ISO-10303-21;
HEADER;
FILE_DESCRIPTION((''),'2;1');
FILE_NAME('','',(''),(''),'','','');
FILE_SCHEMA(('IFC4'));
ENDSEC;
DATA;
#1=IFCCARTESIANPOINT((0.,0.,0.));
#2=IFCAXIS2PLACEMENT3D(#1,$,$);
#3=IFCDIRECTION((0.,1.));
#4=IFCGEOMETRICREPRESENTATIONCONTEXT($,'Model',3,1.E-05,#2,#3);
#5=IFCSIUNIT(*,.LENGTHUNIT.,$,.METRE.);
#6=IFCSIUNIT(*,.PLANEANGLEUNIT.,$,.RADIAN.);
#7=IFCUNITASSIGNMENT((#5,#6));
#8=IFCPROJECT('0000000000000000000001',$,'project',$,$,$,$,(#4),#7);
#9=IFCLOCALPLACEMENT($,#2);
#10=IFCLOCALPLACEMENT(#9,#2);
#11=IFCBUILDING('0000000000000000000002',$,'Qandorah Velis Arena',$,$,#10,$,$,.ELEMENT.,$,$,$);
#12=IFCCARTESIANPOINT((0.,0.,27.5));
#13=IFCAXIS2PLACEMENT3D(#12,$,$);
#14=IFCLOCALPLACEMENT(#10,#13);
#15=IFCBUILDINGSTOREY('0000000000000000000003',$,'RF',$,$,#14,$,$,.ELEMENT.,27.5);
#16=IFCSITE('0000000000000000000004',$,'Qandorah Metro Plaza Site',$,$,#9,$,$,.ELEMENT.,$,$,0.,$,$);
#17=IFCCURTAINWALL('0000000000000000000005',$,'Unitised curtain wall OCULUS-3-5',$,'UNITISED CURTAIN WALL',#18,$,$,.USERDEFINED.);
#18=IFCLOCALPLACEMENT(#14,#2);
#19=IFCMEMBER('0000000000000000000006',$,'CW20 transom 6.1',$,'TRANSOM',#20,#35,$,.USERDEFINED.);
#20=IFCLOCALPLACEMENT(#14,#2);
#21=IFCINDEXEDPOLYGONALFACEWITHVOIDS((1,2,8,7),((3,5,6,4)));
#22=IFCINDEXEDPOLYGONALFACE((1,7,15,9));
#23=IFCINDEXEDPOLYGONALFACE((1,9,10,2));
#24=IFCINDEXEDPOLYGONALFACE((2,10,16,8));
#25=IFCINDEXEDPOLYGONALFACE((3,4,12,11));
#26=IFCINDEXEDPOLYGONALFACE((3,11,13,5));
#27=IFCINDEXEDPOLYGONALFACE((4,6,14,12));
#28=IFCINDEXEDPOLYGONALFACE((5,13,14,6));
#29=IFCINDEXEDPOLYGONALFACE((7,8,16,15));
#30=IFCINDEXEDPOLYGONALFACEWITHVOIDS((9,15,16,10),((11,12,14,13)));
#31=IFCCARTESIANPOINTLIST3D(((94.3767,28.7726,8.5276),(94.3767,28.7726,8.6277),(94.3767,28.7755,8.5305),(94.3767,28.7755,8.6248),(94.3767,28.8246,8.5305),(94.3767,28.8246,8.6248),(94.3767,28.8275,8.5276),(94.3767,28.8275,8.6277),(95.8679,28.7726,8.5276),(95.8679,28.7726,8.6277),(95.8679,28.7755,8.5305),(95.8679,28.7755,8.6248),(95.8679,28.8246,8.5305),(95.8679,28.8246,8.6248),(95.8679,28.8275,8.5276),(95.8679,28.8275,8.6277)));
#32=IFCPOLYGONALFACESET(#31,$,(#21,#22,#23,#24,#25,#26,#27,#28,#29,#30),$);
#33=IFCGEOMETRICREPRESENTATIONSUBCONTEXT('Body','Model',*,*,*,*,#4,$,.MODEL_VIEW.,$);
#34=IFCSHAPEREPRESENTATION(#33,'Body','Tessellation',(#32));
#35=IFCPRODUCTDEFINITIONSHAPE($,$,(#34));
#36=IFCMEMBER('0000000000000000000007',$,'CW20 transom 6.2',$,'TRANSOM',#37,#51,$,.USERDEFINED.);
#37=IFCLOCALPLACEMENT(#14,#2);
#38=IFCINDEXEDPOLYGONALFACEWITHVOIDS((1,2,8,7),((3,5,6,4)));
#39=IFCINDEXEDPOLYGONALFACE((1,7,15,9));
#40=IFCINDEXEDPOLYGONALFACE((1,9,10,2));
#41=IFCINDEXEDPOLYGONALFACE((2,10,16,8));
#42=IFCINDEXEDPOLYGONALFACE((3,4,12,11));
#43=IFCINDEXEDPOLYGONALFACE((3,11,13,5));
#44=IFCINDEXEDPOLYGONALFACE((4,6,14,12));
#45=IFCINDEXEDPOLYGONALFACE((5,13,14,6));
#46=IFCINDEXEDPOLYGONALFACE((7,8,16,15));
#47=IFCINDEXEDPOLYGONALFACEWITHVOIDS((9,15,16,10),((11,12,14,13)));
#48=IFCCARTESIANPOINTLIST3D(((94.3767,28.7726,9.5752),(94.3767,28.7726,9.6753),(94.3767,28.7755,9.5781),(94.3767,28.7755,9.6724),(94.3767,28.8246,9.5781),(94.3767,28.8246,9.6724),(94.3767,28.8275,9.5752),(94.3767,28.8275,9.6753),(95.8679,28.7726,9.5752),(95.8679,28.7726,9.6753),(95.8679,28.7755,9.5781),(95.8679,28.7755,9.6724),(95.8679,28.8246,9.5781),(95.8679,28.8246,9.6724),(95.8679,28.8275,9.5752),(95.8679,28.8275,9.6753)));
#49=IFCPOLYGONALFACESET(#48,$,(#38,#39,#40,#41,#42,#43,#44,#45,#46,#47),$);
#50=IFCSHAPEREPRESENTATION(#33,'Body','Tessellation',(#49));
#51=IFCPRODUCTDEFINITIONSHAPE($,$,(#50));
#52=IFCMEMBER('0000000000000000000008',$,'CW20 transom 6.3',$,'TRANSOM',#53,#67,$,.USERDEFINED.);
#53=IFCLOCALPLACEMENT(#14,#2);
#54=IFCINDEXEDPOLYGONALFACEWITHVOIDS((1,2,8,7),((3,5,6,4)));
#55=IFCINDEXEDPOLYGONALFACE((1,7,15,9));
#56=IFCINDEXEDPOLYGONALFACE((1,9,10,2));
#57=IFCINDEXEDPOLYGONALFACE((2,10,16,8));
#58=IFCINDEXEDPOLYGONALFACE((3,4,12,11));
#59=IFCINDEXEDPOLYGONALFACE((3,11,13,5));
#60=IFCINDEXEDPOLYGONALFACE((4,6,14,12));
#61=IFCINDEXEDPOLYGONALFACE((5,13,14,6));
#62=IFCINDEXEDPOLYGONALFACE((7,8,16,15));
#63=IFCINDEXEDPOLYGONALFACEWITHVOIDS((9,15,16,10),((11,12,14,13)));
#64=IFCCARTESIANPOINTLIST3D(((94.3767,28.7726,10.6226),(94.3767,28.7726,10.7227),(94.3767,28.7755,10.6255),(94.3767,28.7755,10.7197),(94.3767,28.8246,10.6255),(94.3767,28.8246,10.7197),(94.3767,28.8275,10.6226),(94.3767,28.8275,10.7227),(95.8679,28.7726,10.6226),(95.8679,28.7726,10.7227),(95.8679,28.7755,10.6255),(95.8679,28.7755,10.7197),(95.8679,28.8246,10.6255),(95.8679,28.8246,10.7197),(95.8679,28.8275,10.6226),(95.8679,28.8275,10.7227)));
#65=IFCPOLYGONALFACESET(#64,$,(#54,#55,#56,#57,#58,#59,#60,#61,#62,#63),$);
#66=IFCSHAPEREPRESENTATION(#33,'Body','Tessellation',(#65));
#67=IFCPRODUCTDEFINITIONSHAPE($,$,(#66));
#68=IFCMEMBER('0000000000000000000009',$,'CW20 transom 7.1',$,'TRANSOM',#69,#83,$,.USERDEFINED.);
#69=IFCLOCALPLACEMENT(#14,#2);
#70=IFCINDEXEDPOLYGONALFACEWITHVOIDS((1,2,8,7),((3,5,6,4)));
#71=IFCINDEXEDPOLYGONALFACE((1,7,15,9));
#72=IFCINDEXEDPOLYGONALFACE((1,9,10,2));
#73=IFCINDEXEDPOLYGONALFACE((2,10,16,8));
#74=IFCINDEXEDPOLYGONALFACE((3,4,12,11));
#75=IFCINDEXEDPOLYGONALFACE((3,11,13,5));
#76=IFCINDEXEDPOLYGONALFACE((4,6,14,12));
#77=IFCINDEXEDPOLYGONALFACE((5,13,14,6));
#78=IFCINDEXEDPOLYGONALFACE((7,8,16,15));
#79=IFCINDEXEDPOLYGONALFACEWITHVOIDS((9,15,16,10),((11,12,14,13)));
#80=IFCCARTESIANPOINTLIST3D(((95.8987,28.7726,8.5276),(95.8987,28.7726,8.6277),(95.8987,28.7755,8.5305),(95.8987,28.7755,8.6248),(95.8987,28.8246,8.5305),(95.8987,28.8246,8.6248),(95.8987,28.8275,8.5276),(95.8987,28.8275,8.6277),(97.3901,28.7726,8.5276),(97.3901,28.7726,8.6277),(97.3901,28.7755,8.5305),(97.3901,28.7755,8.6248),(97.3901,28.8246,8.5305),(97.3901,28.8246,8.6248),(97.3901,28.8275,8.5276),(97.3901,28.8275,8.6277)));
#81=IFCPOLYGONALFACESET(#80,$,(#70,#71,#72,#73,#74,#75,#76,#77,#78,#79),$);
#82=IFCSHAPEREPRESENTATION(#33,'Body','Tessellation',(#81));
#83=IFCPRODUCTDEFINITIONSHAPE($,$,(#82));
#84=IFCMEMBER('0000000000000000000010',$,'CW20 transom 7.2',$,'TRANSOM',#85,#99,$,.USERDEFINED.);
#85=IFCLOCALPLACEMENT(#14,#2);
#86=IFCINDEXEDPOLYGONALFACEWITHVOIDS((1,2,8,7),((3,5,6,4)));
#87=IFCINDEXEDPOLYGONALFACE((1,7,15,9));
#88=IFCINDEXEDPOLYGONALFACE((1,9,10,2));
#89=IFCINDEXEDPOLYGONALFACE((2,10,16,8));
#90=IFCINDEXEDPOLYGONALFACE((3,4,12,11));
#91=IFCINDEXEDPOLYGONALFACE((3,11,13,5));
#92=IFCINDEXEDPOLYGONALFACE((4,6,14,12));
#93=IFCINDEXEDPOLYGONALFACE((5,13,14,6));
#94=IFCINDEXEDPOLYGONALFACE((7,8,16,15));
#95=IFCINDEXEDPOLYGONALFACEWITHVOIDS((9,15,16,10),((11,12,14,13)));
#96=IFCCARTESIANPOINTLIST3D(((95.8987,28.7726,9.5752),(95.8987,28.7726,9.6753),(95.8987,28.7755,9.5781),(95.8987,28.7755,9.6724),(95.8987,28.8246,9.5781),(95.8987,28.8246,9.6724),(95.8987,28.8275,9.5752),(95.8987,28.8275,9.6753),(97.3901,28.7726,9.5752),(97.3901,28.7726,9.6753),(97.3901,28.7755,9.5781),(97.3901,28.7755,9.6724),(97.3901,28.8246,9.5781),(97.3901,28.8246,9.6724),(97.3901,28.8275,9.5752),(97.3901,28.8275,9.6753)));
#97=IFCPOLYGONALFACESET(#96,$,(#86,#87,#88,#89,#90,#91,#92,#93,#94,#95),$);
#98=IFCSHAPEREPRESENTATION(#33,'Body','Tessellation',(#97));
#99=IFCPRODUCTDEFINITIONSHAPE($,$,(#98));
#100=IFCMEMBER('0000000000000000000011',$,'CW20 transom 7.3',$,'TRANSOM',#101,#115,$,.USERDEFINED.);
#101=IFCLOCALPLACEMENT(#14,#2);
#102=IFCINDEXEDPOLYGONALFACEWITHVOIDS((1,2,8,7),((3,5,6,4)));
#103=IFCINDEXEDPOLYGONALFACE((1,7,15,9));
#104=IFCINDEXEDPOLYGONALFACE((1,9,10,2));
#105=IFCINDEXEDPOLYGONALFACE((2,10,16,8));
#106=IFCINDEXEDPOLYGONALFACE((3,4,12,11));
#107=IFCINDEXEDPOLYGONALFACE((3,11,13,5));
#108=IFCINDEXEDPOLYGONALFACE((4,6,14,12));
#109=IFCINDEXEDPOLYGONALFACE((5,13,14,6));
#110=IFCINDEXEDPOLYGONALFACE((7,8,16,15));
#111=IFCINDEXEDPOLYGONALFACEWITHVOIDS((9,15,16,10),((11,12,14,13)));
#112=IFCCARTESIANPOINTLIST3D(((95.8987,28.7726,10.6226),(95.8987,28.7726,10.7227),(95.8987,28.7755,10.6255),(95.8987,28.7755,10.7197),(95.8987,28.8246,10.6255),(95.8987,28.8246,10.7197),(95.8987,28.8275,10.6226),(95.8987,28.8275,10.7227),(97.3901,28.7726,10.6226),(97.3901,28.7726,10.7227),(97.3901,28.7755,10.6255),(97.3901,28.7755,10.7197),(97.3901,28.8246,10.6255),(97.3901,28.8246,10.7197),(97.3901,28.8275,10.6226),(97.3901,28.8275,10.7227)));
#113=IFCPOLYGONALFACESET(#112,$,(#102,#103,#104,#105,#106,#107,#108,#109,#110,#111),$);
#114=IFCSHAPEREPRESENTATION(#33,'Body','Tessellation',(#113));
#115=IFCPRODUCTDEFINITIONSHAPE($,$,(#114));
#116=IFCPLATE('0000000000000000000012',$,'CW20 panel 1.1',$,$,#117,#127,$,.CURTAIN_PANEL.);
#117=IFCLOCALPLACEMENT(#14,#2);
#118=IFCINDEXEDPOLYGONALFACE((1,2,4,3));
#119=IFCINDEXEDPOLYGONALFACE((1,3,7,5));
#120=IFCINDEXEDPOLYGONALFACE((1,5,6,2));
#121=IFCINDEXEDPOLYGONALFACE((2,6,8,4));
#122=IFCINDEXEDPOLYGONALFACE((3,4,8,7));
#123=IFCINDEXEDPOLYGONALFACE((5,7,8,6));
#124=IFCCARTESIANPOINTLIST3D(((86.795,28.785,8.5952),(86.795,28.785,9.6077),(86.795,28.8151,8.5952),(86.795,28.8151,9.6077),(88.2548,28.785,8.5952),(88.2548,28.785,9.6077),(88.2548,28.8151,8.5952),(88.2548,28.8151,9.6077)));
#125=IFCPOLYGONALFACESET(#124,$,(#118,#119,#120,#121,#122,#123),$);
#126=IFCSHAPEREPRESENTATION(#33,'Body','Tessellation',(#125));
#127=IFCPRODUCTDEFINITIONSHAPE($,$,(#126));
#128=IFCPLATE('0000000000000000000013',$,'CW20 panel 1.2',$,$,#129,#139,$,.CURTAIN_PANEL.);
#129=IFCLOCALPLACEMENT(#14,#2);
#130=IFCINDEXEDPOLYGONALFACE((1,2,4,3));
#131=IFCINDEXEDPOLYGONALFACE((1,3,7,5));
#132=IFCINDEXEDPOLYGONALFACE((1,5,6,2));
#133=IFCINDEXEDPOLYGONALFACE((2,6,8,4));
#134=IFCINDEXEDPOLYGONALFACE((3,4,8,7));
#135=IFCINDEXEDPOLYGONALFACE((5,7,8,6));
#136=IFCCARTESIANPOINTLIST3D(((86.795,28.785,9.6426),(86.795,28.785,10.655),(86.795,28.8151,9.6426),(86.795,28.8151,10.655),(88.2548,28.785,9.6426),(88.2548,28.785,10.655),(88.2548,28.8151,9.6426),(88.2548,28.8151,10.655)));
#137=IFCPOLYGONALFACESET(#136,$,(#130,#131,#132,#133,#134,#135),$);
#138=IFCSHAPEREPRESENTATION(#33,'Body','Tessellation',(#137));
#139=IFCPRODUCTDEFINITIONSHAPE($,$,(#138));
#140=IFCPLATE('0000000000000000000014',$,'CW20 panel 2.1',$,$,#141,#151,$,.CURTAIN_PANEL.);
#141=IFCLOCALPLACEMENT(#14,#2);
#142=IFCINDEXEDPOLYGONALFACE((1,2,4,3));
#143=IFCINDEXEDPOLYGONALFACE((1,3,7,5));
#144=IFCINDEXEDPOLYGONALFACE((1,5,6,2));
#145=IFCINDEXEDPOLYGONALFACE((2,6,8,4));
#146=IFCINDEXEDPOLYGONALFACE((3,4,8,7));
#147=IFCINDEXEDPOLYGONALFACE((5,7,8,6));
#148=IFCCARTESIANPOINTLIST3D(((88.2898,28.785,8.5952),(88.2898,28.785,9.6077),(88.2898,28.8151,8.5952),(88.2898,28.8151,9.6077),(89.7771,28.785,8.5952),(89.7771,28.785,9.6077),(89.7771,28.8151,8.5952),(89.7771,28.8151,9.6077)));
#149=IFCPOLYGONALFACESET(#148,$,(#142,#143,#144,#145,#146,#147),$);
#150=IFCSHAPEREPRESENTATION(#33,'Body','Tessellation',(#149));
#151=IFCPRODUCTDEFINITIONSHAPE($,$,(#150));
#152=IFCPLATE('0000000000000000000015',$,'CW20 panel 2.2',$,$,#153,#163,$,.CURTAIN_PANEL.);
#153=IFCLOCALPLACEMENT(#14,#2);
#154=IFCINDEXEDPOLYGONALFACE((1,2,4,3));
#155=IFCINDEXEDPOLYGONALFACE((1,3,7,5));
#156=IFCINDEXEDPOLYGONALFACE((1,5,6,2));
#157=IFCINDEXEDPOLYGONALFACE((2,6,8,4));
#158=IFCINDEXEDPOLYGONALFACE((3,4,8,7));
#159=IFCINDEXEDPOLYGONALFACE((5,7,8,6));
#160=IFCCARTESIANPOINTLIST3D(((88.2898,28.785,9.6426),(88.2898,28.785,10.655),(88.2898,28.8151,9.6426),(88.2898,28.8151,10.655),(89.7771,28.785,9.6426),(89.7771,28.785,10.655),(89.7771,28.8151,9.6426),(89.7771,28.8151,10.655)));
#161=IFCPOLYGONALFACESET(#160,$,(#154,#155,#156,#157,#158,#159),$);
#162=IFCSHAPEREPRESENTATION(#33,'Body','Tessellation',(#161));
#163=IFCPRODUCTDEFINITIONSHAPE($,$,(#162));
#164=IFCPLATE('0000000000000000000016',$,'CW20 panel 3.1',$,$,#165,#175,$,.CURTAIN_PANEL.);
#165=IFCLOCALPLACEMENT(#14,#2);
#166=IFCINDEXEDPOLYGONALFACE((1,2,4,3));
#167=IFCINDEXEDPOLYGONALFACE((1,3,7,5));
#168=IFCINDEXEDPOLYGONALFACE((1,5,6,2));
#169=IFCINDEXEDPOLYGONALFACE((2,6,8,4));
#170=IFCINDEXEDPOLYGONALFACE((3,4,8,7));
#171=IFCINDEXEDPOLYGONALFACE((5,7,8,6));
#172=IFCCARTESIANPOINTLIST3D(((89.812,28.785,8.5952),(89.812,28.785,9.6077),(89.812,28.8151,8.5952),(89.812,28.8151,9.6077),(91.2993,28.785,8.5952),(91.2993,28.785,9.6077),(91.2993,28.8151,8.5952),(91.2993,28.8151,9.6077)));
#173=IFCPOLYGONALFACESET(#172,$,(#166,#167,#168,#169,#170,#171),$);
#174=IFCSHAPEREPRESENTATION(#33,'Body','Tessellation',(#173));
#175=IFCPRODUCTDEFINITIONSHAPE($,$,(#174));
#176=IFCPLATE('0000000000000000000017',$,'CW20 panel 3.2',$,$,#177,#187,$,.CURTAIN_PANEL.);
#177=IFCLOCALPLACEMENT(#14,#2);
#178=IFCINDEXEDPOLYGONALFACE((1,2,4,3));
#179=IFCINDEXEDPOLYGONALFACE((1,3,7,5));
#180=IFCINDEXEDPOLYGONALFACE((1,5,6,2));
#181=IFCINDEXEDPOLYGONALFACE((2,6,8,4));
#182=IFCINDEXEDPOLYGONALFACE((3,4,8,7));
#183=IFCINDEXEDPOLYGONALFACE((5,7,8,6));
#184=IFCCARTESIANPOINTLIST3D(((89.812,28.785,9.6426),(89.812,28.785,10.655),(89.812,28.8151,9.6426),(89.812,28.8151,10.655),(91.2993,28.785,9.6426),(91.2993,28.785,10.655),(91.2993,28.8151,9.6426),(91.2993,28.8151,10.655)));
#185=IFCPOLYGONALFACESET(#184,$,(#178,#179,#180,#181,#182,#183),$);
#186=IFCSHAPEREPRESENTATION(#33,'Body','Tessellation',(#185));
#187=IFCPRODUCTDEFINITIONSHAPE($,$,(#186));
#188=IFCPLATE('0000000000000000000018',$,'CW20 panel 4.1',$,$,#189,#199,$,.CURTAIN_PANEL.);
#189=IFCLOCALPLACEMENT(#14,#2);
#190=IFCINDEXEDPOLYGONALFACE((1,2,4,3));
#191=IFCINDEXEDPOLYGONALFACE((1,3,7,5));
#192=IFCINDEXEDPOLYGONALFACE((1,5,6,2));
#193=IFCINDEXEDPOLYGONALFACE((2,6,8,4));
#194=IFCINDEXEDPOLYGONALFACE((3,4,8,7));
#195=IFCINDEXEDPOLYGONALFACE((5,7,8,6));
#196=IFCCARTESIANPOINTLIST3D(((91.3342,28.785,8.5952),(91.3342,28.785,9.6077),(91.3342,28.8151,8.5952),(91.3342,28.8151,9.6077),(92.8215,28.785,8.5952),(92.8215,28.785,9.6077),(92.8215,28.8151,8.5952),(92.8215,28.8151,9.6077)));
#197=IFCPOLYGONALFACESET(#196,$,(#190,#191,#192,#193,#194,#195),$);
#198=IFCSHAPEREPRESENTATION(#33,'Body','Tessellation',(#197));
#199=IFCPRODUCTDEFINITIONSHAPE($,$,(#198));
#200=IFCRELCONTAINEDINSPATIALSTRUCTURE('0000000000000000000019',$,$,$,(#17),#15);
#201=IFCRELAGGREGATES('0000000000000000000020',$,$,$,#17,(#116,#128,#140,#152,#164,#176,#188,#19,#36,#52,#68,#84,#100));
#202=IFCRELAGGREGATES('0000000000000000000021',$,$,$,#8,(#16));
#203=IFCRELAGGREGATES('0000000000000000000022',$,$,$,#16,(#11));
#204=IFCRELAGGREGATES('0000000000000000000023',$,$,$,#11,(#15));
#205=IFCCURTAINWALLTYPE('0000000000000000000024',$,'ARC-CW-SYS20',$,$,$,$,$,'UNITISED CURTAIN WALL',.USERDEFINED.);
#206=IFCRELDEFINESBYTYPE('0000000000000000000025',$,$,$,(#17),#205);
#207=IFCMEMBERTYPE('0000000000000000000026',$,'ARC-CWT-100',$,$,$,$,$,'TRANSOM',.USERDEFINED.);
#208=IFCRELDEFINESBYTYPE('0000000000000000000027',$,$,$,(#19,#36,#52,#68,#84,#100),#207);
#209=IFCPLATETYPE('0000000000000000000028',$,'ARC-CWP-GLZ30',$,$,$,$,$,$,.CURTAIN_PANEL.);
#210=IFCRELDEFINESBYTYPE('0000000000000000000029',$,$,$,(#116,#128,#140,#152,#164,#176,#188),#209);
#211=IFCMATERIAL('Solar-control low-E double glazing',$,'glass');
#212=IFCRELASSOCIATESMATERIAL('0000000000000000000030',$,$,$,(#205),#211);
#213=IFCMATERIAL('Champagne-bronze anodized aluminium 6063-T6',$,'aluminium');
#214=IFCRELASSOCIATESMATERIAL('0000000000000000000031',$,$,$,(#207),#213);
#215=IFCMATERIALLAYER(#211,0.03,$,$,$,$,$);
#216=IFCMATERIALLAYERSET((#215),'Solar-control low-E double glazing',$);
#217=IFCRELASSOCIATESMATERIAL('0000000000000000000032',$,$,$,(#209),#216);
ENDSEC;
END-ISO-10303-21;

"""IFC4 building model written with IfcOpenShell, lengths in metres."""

from ifc_helpers import new_model, si_unit, direction, frame, origin, origin_2d, place, context, subcontext, project, spatial, rectangle, hollow_rectangle, extrude, material, layer, layer_set, material_profile, profile_set, type_object, element, aggregate, save


model = new_model("IFC4")

# Units and contexts
model_context = context("Model", 3, precision=1e-05, world=origin(), true_north=direction((0.0, 1.0)))
body_context = subcontext(model_context, "Body", "Model", "MODEL_VIEW")
ifc_project = project(units=[si_unit("LENGTHUNIT", "METRE"), si_unit("PLANEANGLEUNIT", "RADIAN")], contexts=[model_context])

# Site, building, storey
site_placement = place(None, origin())
site = spatial("IfcSite", under=ifc_project, at=site_placement, Name="Qandorah Metro Plaza Site", CompositionType="ELEMENT", RefElevation=0.0)
building_placement = place(site_placement, origin())
building = spatial("IfcBuilding", under=site, at=building_placement, Name="Qandorah Velis Arena", CompositionType="ELEMENT")
storey_placement = place(building_placement, frame((0.0, 0.0, 27.5)))
storey = spatial("IfcBuildingStorey", under=building, at=storey_placement, Name="RF", CompositionType="ELEMENT", Elevation=27.5)

# Curtain wall, members, plates
ifc_material_1 = material(Name="Solar-control low-E double glazing", Category="glass")
curtain_wall_type = type_object("IfcCurtainWallType", Name="ARC-CW-SYS20", ElementType="UNITISED CURTAIN WALL", PredefinedType="USERDEFINED", material=ifc_material_1)
curtain_wall_placement = place(storey_placement, origin())
curtain_wall = element("IfcCurtainWall", 1, at=curtain_wall_placement, inside=storey, type_object=curtain_wall_type, Name="Unitised curtain wall OCULUS-3-5", ObjectType="UNITISED CURTAIN WALL", PredefinedType="USERDEFINED")
ifc_material_2 = material(Name="Champagne-bronze anodized aluminium 6063-T6", Category="aluminium")
ifc_material_profile_1 = material_profile(ifc_material_2, hollow_rectangle(XDim=0.0549, YDim=0.1001, WallThickness=0.0029, at=origin_2d()), Name="ALU TRANSOM 55x100")
ifc_profile_set_1 = profile_set([ifc_material_profile_1], Name="Champagne-bronze anodized aluminium 6063-T6")
member_type_1 = type_object("IfcMemberType", Name="ARC-CWT-100", ElementType="TRANSOM", PredefinedType="USERDEFINED", material=ifc_profile_set_1)
member_1_placement = place(storey_placement, frame((94.3767, 28.8, 8.5776), z_axis=(1.0, 0.0, 0.0), x_axis=(0.0, 1.0, 0.0)))
member_1 = element("IfcMember", 2, at=member_1_placement, type_object=member_type_1, Name="CW20 transom 6.1", ObjectType="TRANSOM", PredefinedType="USERDEFINED", context=body_context, shape_type="SweptSolid", body=[
    extrude(hollow_rectangle(XDim=0.0549, YDim=0.1001, WallThickness=0.0029, at=origin_2d()), origin(), (0.0, 0.0, 1.0), 1.4912),
])
member_2_placement = place(storey_placement, frame((94.3767, 28.8, 9.6252), z_axis=(1.0, 0.0, 0.0), x_axis=(0.0, 1.0, 0.0)))
member_2 = element("IfcMember", 3, at=member_2_placement, type_object=member_type_1, Name="CW20 transom 6.2", ObjectType="TRANSOM", PredefinedType="USERDEFINED", context=body_context, shape_type="SweptSolid", body=[
    extrude(hollow_rectangle(XDim=0.0549, YDim=0.1001, WallThickness=0.0029, at=origin_2d()), origin(), (0.0, 0.0, 1.0), 1.4912),
])
member_3_placement = place(storey_placement, frame((94.3767, 28.8, 10.6726), z_axis=(1.0, 0.0, 0.0), x_axis=(0.0, 1.0, 0.0)))
member_3 = element("IfcMember", 4, at=member_3_placement, type_object=member_type_1, Name="CW20 transom 6.3", ObjectType="TRANSOM", PredefinedType="USERDEFINED", context=body_context, shape_type="SweptSolid", body=[
    extrude(hollow_rectangle(XDim=0.0549, YDim=0.1001, WallThickness=0.0029, at=origin_2d()), origin(), (0.0, 0.0, 1.0), 1.4912),
])
member_4_placement = place(storey_placement, frame((95.8987, 28.8, 8.5776), z_axis=(1.0, 0.0, 0.0), x_axis=(0.0, 1.0, 0.0)))
member_4 = element("IfcMember", 5, at=member_4_placement, type_object=member_type_1, Name="CW20 transom 7.1", ObjectType="TRANSOM", PredefinedType="USERDEFINED", context=body_context, shape_type="SweptSolid", body=[
    extrude(hollow_rectangle(XDim=0.0549, YDim=0.1001, WallThickness=0.0029, at=origin_2d()), origin(), (0.0, 0.0, 1.0), 1.4915),
])
member_5_placement = place(storey_placement, frame((95.8987, 28.8, 9.6252), z_axis=(1.0, 0.0, 0.0), x_axis=(0.0, 1.0, 0.0)))
member_5 = element("IfcMember", 6, at=member_5_placement, type_object=member_type_1, Name="CW20 transom 7.2", ObjectType="TRANSOM", PredefinedType="USERDEFINED", context=body_context, shape_type="SweptSolid", body=[
    extrude(hollow_rectangle(XDim=0.0549, YDim=0.1001, WallThickness=0.0029, at=origin_2d()), origin(), (0.0, 0.0, 1.0), 1.4915),
])
member_6_placement = place(storey_placement, frame((95.8987, 28.8, 10.6726), z_axis=(1.0, 0.0, 0.0), x_axis=(0.0, 1.0, 0.0)))
member_6 = element("IfcMember", 7, at=member_6_placement, type_object=member_type_1, Name="CW20 transom 7.3", ObjectType="TRANSOM", PredefinedType="USERDEFINED", context=body_context, shape_type="SweptSolid", body=[
    extrude(hollow_rectangle(XDim=0.0549, YDim=0.1001, WallThickness=0.0029, at=origin_2d()), origin(), (0.0, 0.0, 1.0), 1.4915),
])
ifc_layer = layer(ifc_material_1, 0.03)
ifc_layer_set = layer_set([ifc_layer], Name="Solar-control low-E double glazing")
plate_type = type_object("IfcPlateType", Name="ARC-CWP-GLZ30", PredefinedType="CURTAIN_PANEL", material=ifc_layer_set)
plate_1_placement = place(storey_placement, frame((87.5249, 28.8, 8.5952), z_axis=(0.0, 0.0, 1.0), x_axis=(1.0, 0.0, 0.0)))
plate_1 = element("IfcPlate", 8, at=plate_1_placement, type_object=plate_type, Name="CW20 panel 1.1", PredefinedType="CURTAIN_PANEL", context=body_context, shape_type="SweptSolid", body=[
    extrude(rectangle(XDim=1.4597, YDim=0.03, at=origin_2d()), origin(), (0.0, 0.0, 1.0), 1.0125),
])
plate_2_placement = place(storey_placement, frame((87.5249, 28.8, 9.6426), z_axis=(0.0, 0.0, 1.0), x_axis=(1.0, 0.0, 0.0)))
plate_2 = element("IfcPlate", 9, at=plate_2_placement, type_object=plate_type, Name="CW20 panel 1.2", PredefinedType="CURTAIN_PANEL", context=body_context, shape_type="SweptSolid", body=[
    extrude(rectangle(XDim=1.4597, YDim=0.03, at=origin_2d()), origin(), (0.0, 0.0, 1.0), 1.0125),
])
plate_3_placement = place(storey_placement, frame((89.0334, 28.8, 8.5952), z_axis=(0.0, 0.0, 1.0), x_axis=(1.0, 0.0, 0.0)))
plate_3 = element("IfcPlate", 10, at=plate_3_placement, type_object=plate_type, Name="CW20 panel 2.1", PredefinedType="CURTAIN_PANEL", context=body_context, shape_type="SweptSolid", body=[
    extrude(rectangle(XDim=1.4873, YDim=0.03, at=origin_2d()), origin(), (0.0, 0.0, 1.0), 1.0125),
])
plate_4_placement = place(storey_placement, frame((89.0334, 28.8, 9.6426), z_axis=(0.0, 0.0, 1.0), x_axis=(1.0, 0.0, 0.0)))
plate_4 = element("IfcPlate", 11, at=plate_4_placement, type_object=plate_type, Name="CW20 panel 2.2", PredefinedType="CURTAIN_PANEL", context=body_context, shape_type="SweptSolid", body=[
    extrude(rectangle(XDim=1.4873, YDim=0.03, at=origin_2d()), origin(), (0.0, 0.0, 1.0), 1.0125),
])
plate_5_placement = place(storey_placement, frame((90.5557, 28.8, 8.5952), z_axis=(0.0, 0.0, 1.0), x_axis=(1.0, 0.0, 0.0)))
plate_5 = element("IfcPlate", 12, at=plate_5_placement, type_object=plate_type, Name="CW20 panel 3.1", PredefinedType="CURTAIN_PANEL", context=body_context, shape_type="SweptSolid", body=[
    extrude(rectangle(XDim=1.4873, YDim=0.03, at=origin_2d()), origin(), (0.0, 0.0, 1.0), 1.0125),
])
plate_6_placement = place(storey_placement, frame((90.5557, 28.8, 9.6426), z_axis=(0.0, 0.0, 1.0), x_axis=(1.0, 0.0, 0.0)))
plate_6 = element("IfcPlate", 13, at=plate_6_placement, type_object=plate_type, Name="CW20 panel 3.2", PredefinedType="CURTAIN_PANEL", context=body_context, shape_type="SweptSolid", body=[
    extrude(rectangle(XDim=1.4873, YDim=0.03, at=origin_2d()), origin(), (0.0, 0.0, 1.0), 1.0125),
])
plate_7_placement = place(storey_placement, frame((92.0779, 28.8, 8.5952), z_axis=(0.0, 0.0, 1.0), x_axis=(1.0, 0.0, 0.0)))
plate_7 = element("IfcPlate", 14, at=plate_7_placement, type_object=plate_type, Name="CW20 panel 4.1", PredefinedType="CURTAIN_PANEL", context=body_context, shape_type="SweptSolid", body=[
    extrude(rectangle(XDim=1.4873, YDim=0.03, at=origin_2d()), origin(), (0.0, 0.0, 1.0), 1.0125),
])
aggregate(curtain_wall, [plate_1, plate_2, plate_3, plate_4, plate_5, plate_6, plate_7, member_1, member_2, member_3, member_4, member_5, member_6])

save(model, "model.ifc")
